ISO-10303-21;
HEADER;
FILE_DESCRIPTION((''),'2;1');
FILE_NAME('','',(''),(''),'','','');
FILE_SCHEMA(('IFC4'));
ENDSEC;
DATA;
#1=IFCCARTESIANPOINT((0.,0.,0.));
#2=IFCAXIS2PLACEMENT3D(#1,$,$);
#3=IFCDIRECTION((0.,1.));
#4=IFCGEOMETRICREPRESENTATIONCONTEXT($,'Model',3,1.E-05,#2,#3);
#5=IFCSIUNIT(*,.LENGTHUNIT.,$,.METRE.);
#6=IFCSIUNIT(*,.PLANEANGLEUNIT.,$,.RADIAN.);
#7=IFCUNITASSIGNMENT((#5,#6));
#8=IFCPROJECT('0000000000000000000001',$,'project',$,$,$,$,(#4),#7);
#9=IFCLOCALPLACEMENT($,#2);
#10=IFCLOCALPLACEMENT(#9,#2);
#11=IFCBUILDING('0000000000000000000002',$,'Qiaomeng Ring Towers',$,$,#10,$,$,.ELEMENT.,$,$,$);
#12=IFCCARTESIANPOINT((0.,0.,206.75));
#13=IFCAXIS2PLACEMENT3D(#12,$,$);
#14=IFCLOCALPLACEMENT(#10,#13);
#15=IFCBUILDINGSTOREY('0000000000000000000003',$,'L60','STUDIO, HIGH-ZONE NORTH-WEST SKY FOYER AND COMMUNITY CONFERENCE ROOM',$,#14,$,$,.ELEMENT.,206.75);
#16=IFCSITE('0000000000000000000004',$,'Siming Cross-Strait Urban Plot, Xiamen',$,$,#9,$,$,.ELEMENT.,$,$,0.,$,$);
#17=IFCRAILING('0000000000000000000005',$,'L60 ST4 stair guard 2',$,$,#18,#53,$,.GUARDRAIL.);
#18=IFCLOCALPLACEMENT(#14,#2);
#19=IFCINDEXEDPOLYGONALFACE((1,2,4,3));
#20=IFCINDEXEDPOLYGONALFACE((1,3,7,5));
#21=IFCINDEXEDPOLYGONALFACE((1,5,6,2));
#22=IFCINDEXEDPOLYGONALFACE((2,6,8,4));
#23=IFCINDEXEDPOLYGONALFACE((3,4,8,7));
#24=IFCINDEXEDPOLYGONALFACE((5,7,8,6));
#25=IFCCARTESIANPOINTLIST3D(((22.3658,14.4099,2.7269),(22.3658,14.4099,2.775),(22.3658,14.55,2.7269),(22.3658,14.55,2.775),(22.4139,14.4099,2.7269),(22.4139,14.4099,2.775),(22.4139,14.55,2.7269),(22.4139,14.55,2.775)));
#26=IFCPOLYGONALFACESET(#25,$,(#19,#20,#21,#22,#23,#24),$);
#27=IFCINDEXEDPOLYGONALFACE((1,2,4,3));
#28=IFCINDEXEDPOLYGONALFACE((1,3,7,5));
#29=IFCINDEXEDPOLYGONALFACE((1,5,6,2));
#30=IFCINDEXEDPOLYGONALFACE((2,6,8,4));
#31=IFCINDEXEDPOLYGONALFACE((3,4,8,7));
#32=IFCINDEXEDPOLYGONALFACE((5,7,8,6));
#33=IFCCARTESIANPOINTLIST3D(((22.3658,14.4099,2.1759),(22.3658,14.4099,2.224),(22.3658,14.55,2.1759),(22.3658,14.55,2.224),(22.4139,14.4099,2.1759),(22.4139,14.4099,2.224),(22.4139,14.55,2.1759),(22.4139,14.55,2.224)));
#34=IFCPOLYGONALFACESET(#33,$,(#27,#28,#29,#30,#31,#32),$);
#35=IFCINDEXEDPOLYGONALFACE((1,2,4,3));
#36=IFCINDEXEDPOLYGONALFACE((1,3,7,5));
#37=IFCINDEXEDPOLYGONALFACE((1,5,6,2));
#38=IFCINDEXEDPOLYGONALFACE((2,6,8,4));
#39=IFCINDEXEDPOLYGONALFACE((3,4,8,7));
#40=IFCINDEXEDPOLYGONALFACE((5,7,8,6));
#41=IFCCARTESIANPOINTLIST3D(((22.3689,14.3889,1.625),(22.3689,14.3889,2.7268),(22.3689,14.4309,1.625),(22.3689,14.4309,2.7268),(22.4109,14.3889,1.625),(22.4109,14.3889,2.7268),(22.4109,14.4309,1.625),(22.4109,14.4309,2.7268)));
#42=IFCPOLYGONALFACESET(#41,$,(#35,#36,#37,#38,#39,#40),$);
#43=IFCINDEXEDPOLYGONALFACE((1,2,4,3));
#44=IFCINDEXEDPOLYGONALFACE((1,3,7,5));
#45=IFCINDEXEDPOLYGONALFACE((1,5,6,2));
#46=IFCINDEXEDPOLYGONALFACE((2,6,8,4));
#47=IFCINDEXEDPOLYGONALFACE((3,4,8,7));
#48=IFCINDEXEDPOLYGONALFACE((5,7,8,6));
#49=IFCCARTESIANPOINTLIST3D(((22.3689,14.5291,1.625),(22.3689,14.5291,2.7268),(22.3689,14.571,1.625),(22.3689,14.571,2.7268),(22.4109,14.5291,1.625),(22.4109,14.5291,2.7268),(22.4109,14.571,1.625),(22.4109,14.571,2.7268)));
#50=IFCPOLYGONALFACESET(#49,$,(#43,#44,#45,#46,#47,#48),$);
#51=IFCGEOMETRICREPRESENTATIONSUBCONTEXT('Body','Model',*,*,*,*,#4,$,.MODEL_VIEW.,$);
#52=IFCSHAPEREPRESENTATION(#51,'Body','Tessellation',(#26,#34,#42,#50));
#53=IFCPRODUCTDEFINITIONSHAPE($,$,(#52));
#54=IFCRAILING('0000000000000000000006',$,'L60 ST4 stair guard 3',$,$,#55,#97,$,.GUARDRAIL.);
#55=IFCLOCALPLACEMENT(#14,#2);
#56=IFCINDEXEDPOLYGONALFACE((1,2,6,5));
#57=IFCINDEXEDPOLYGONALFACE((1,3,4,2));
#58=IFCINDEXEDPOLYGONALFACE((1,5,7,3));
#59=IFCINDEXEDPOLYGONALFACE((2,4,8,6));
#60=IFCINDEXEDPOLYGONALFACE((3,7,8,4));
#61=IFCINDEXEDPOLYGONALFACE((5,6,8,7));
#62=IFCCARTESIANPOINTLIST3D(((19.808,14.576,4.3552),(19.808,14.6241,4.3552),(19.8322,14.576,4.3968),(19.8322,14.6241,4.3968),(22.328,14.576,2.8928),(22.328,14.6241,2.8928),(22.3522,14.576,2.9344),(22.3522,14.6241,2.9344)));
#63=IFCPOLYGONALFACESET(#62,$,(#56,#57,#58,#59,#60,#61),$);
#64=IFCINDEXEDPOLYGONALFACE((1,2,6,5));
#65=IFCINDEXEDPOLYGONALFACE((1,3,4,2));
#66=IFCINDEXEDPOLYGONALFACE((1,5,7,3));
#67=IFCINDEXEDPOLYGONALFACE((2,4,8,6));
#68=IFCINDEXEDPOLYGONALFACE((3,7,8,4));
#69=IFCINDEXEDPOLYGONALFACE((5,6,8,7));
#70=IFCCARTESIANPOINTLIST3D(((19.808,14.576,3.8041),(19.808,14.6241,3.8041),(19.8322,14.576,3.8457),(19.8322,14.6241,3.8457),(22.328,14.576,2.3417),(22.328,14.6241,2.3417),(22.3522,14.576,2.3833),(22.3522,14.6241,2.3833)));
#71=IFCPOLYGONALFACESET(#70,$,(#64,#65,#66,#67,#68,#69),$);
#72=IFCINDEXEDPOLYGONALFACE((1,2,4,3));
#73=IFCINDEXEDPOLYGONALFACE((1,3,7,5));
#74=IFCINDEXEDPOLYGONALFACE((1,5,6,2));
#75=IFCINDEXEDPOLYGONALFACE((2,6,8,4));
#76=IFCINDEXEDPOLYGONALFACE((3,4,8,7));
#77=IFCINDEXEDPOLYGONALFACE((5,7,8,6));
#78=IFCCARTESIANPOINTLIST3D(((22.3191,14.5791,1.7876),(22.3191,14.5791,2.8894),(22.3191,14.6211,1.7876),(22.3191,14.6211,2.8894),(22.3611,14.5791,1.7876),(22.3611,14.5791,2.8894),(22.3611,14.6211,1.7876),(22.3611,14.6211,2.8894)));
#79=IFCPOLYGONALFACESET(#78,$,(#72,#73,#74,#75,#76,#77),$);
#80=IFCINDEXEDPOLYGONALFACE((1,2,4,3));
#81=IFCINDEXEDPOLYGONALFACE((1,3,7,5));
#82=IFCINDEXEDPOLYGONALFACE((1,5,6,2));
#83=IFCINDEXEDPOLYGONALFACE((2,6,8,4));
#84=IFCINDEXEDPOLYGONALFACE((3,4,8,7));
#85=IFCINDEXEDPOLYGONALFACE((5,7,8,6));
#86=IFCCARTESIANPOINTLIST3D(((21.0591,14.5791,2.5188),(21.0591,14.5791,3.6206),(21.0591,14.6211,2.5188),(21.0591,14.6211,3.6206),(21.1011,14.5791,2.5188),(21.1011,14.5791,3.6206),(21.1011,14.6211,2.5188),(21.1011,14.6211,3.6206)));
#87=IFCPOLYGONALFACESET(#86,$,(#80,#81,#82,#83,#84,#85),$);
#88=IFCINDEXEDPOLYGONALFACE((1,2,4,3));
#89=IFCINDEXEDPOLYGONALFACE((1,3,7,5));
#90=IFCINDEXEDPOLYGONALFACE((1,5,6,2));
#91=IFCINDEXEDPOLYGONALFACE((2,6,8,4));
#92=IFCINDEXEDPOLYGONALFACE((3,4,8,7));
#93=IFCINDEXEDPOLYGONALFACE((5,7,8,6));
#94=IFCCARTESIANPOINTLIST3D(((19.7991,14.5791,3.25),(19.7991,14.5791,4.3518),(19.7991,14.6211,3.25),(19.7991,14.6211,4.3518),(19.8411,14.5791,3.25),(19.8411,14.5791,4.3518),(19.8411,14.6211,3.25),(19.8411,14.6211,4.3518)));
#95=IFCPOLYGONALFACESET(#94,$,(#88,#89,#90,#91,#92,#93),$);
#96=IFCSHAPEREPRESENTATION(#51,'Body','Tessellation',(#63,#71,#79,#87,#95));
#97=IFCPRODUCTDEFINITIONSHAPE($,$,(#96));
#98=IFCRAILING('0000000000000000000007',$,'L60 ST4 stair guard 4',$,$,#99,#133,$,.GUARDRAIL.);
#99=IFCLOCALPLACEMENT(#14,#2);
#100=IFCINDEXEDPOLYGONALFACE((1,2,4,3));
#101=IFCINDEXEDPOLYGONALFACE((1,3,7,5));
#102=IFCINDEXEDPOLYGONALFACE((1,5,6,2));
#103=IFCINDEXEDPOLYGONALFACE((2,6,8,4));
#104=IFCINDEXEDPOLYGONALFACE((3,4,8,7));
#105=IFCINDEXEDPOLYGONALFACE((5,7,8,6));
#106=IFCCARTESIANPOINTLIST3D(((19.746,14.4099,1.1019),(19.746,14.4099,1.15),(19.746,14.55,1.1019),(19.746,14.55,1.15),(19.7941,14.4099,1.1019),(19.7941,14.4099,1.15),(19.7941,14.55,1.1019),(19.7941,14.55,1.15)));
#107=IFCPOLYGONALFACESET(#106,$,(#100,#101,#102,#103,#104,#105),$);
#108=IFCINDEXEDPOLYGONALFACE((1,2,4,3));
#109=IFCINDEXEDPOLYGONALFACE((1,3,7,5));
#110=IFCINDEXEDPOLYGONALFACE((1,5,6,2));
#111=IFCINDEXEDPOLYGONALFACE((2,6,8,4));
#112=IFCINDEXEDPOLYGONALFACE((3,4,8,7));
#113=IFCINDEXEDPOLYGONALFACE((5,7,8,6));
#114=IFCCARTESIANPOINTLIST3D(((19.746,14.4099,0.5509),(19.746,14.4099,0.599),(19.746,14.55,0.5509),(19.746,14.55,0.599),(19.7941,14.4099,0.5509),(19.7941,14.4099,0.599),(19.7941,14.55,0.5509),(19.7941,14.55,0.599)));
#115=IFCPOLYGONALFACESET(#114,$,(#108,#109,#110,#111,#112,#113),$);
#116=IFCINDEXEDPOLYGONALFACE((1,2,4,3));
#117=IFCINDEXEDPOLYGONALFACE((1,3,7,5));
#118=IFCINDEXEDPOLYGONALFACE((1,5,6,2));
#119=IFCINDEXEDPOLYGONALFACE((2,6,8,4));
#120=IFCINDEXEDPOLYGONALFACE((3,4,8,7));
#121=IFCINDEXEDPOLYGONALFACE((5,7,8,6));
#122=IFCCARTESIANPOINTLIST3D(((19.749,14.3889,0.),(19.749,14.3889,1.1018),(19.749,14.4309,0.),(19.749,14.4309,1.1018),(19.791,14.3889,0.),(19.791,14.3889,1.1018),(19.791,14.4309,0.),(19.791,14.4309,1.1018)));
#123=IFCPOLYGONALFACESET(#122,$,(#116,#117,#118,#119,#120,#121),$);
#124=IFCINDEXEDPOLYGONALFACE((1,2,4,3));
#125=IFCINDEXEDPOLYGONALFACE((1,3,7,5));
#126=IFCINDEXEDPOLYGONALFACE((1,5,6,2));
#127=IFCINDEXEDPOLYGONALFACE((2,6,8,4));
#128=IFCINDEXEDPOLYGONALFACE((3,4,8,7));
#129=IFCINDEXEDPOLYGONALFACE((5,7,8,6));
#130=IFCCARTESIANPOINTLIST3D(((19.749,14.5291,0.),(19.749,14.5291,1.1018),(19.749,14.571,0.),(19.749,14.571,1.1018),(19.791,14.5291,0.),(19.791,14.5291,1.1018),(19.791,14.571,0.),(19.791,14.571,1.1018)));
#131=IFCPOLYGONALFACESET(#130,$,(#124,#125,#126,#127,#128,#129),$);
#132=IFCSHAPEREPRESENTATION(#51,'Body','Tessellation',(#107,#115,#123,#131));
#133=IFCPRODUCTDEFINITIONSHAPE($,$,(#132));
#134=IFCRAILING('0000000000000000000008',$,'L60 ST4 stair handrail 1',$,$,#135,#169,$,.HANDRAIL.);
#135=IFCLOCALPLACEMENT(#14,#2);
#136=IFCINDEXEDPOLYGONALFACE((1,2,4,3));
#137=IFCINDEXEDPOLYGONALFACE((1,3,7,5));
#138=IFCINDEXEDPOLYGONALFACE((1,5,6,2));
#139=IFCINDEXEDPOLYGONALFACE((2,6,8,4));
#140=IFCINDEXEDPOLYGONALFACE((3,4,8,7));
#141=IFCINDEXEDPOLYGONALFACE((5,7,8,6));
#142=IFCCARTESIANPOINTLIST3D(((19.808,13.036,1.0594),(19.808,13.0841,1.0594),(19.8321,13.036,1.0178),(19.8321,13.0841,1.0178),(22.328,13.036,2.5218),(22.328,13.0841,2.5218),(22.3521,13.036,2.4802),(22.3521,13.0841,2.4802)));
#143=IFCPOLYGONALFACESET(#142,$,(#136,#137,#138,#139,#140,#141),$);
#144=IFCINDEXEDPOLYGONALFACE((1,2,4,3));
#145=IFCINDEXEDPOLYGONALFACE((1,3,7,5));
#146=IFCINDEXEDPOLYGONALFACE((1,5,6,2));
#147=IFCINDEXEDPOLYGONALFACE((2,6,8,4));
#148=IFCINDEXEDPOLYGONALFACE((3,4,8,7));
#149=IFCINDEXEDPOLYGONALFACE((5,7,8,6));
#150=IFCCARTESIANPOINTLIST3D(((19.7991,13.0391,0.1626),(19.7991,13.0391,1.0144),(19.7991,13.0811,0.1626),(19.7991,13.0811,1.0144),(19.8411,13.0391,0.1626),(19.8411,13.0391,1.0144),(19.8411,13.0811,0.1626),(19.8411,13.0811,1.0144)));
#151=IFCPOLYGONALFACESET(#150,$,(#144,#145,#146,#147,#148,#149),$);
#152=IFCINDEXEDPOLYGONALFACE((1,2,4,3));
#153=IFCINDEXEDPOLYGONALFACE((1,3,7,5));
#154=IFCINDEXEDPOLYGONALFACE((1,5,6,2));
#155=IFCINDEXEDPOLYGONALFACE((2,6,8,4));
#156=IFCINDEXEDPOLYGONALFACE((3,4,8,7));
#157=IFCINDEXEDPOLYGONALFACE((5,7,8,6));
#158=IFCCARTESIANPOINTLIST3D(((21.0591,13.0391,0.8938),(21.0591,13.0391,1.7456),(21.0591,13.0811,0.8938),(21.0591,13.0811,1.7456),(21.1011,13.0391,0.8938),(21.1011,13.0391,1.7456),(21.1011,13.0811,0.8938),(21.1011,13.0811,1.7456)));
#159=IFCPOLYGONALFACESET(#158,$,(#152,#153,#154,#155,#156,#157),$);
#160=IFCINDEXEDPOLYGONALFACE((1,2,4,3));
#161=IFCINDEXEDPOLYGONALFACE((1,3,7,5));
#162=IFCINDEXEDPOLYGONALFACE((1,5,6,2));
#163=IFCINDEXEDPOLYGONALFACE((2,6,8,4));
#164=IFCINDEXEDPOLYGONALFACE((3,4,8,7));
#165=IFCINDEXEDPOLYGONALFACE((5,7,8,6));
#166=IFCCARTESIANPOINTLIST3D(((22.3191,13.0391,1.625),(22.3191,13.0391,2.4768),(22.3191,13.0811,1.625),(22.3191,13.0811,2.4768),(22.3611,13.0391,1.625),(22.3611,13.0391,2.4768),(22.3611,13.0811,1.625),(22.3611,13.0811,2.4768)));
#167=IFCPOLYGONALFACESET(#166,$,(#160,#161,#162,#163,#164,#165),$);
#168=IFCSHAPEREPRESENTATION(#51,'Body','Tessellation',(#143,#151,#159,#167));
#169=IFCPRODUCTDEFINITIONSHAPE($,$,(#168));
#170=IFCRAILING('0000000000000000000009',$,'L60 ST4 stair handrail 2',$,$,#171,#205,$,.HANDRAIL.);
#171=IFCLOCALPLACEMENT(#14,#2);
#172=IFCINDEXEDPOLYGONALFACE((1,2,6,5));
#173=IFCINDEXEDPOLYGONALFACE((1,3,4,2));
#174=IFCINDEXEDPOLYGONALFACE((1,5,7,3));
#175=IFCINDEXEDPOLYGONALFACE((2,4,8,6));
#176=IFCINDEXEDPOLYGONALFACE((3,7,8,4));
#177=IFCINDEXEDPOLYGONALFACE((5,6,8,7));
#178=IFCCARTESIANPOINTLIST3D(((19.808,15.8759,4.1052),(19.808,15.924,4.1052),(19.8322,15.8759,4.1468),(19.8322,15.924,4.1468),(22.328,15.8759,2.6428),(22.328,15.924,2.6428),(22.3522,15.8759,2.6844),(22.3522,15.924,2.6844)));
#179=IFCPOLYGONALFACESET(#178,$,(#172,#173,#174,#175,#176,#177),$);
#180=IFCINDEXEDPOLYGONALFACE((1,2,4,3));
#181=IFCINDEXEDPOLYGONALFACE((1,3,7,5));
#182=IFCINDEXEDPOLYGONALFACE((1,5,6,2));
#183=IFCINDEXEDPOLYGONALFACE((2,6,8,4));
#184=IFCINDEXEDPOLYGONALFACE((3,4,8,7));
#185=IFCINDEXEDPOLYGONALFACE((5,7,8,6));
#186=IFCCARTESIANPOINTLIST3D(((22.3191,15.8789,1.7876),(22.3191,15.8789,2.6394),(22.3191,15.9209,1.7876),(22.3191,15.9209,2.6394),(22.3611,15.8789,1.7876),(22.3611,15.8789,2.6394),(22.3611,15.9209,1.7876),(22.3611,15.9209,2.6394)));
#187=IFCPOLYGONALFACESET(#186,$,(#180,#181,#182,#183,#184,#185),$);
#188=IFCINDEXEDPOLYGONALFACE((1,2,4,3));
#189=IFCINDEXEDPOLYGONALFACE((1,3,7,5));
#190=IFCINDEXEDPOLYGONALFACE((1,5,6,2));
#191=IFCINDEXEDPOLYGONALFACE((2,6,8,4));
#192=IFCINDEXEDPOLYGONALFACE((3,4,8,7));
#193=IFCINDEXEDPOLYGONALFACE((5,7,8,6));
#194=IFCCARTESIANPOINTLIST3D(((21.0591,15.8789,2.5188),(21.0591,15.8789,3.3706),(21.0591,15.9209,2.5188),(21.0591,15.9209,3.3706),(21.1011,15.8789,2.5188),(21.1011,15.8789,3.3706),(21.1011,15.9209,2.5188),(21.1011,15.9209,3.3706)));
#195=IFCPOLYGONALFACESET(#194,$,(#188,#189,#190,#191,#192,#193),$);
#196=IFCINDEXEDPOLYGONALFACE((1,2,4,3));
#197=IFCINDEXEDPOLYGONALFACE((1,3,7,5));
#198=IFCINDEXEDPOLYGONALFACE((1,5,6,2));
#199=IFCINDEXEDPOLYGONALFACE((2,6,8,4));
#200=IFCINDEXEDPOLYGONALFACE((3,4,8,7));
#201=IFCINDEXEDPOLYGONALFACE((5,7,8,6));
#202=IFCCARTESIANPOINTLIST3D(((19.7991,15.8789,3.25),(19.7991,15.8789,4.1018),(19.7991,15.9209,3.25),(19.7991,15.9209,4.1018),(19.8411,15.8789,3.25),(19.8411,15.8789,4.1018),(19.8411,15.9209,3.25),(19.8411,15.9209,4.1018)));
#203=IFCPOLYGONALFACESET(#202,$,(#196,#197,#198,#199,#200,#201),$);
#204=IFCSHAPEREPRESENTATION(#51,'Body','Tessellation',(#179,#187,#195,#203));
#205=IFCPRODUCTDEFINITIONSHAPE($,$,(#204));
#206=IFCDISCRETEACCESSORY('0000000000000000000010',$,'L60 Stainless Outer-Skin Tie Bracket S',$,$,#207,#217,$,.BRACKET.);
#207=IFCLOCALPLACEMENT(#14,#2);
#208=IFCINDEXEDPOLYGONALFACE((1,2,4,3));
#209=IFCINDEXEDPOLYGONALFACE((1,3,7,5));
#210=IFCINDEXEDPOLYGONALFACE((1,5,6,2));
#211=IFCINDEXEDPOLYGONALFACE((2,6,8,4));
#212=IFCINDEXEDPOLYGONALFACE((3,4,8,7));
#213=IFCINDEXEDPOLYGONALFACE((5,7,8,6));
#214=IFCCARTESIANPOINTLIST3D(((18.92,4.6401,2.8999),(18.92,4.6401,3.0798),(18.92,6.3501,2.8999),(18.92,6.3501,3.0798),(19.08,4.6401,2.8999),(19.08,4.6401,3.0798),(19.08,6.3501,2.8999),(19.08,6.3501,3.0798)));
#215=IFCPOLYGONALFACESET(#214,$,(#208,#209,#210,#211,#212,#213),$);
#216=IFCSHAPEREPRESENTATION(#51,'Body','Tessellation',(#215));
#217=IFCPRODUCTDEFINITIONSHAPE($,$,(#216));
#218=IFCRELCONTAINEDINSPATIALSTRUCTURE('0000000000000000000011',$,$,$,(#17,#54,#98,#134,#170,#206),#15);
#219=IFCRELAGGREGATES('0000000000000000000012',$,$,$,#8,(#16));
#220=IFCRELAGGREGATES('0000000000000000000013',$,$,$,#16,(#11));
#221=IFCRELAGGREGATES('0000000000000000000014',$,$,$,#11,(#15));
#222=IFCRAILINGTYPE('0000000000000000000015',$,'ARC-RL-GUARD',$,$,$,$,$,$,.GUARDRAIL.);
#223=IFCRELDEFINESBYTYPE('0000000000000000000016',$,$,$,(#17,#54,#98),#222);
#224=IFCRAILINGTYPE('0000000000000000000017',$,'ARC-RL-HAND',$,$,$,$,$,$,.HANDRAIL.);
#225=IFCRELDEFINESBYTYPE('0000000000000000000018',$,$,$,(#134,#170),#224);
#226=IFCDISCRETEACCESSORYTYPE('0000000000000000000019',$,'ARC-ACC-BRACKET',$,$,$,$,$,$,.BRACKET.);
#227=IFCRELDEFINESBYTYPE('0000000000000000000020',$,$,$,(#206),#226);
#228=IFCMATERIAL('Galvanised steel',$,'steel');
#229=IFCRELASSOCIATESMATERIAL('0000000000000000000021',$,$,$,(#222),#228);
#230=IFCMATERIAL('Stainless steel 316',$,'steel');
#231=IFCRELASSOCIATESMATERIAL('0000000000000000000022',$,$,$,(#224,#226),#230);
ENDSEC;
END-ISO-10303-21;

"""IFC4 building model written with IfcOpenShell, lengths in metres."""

from ifc_helpers import new_model, si_unit, direction, frame, origin, origin_2d, place, context, subcontext, project, spatial, rectangle, extrude, source, transform, mapped, material, type_object, element, save


model = new_model("IFC4")

# Units and contexts
model_context = context("Model", 3, precision=1e-05, world=origin(), true_north=direction((0.0, 1.0)))
body_context = subcontext(model_context, "Body", "Model", "MODEL_VIEW")
ifc_project = project(units=[si_unit("LENGTHUNIT", "METRE"), si_unit("PLANEANGLEUNIT", "RADIAN")], contexts=[model_context])

# Site, building, storey
site_placement = place(None, origin())
site = spatial("IfcSite", under=ifc_project, at=site_placement, Name="Siming Cross-Strait Urban Plot, Xiamen", CompositionType="ELEMENT", RefElevation=0.0)
building_placement = place(site_placement, origin())
building = spatial("IfcBuilding", under=site, at=building_placement, Name="Qiaomeng Ring Towers", CompositionType="ELEMENT")
storey_placement = place(building_placement, frame((0.0, 0.0, 206.75)))
storey = spatial("IfcBuildingStorey", under=building, at=storey_placement, Name="L60", Description="STUDIO, HIGH-ZONE NORTH-WEST SKY FOYER AND COMMUNITY CONFERENCE ROOM", CompositionType="ELEMENT", Elevation=206.75)

# Shared definitions
ifc_material_1 = material(Name="Galvanised steel", Category="steel")

# Railings
railing_type_1 = type_object("IfcRailingType", Name="ARC-RL-GUARD", PredefinedType="GUARDRAIL", material=ifc_material_1)
railing_1_placement = place(storey_placement, frame((22.3899, 14.4099, 1.625)))
element("IfcRailing", 1, at=railing_1_placement, inside=storey, type_object=railing_type_1, Name="L60 ST4 stair guard 2", PredefinedType="GUARDRAIL", context=body_context, shape_type="SweptSolid", body=[
    extrude(rectangle(XDim=0.0481, YDim=0.0481, at=origin_2d()), frame((0.0, 0.0, 1.126), z_axis=(0.0, 1.0, 0.0), x_axis=(-1.0, 0.0, 0.0)), (0.0, 0.0, 1.0), 0.1401),
    extrude(rectangle(XDim=0.0481, YDim=0.0481, at=origin_2d()), frame((0.0, 0.0, 0.575), z_axis=(0.0, 1.0, 0.0), x_axis=(-1.0, 0.0, 0.0)), (0.0, 0.0, 1.0), 0.1401),
    extrude(rectangle(XDim=0.042, YDim=0.042, at=origin_2d()), origin(), (0.0, 0.0, 1.0), 1.1018),
    extrude(rectangle(XDim=0.042, YDim=0.042, at=origin_2d()), frame((0.0, 0.1401, 0.0)), (0.0, 0.0, 1.0), 1.1018),
])
railing_2_placement = place(storey_placement, frame((22.3401, 14.6001, 1.7876)))
element("IfcRailing", 2, at=railing_2_placement, inside=storey, type_object=railing_type_1, Name="L60 ST4 stair guard 3", PredefinedType="GUARDRAIL", context=body_context, shape_type="SweptSolid", body=[
    extrude(rectangle(XDim=0.0481, YDim=0.0481, at=origin_2d()), frame((0.0, 0.0, 1.126), z_axis=(-0.864913, 0.0, 0.501921), x_axis=(0.0, -1.0, 0.0)), (0.0, 0.0, 1.0), 2.9136),
    extrude(rectangle(XDim=0.0481, YDim=0.0481, at=origin_2d()), frame((0.0, 0.0, 0.575), z_axis=(-0.864913, 0.0, 0.501921), x_axis=(0.0, -1.0, 0.0)), (0.0, 0.0, 1.0), 2.9136),
    extrude(rectangle(XDim=0.042, YDim=0.042, at=origin_2d()), origin(), (0.0, 0.0, 1.0), 1.1018),
    extrude(rectangle(XDim=0.042, YDim=0.042, at=origin_2d()), frame((-1.26, 0.0, 0.7312)), (0.0, 0.0, 1.0), 1.1018),
    extrude(rectangle(XDim=0.042, YDim=0.042, at=origin_2d()), frame((-2.52, 0.0, 1.4624)), (0.0, 0.0, 1.0), 1.1018),
])
railing_3_placement = place(storey_placement, frame((19.77, 14.4099, 0.0)))
element("IfcRailing", 3, at=railing_3_placement, inside=storey, type_object=railing_type_1, Name="L60 ST4 stair guard 4", PredefinedType="GUARDRAIL", context=body_context, shape_type="SweptSolid", body=[
    extrude(rectangle(XDim=0.0481, YDim=0.0481, at=origin_2d()), frame((0.0, 0.0, 1.126), z_axis=(0.0, 1.0, 0.0), x_axis=(-1.0, 0.0, 0.0)), (0.0, 0.0, 1.0), 0.1401),
    extrude(rectangle(XDim=0.0481, YDim=0.0481, at=origin_2d()), frame((0.0, 0.0, 0.575), z_axis=(0.0, 1.0, 0.0), x_axis=(-1.0, 0.0, 0.0)), (0.0, 0.0, 1.0), 0.1401),
    extrude(rectangle(XDim=0.042, YDim=0.042, at=origin_2d()), origin(), (0.0, 0.0, 1.0), 1.1018),
    extrude(rectangle(XDim=0.042, YDim=0.042, at=origin_2d()), frame((0.0, 0.1401, 0.0)), (0.0, 0.0, 1.0), 1.1018),
])
ifc_material_2 = material(Name="Stainless steel 316", Category="steel")
railing_type_2 = type_object("IfcRailingType", Name="ARC-RL-HAND", PredefinedType="HANDRAIL", material=ifc_material_2)
railing_4_placement = place(storey_placement, frame((19.8201, 13.0601, 0.1626)))
element("IfcRailing", 4, at=railing_4_placement, inside=storey, type_object=railing_type_2, Name="L60 ST4 stair handrail 1", PredefinedType="HANDRAIL", context=body_context, shape_type="SweptSolid", body=[
    extrude(rectangle(XDim=0.0481, YDim=0.0481, at=origin_2d()), frame((0.0, 0.0, 0.876), z_axis=(0.864913, 0.0, 0.501921), x_axis=(0.0, 1.0, 0.0)), (0.0, 0.0, 1.0), 2.9136),
    extrude(rectangle(XDim=0.042, YDim=0.042, at=origin_2d()), origin(), (0.0, 0.0, 1.0), 0.8518),
    extrude(rectangle(XDim=0.042, YDim=0.042, at=origin_2d()), frame((1.26, 0.0, 0.7312)), (0.0, 0.0, 1.0), 0.8518),
    extrude(rectangle(XDim=0.042, YDim=0.042, at=origin_2d()), frame((2.52, 0.0, 1.4624)), (0.0, 0.0, 1.0), 0.8518),
])
railing_5_placement = place(storey_placement, frame((22.3401, 15.8999, 1.7876)))
element("IfcRailing", 5, at=railing_5_placement, inside=storey, type_object=railing_type_2, Name="L60 ST4 stair handrail 2", PredefinedType="HANDRAIL", context=body_context, shape_type="SweptSolid", body=[
    extrude(rectangle(XDim=0.0481, YDim=0.0481, at=origin_2d()), frame((0.0, 0.0, 0.876), z_axis=(-0.864913, 0.0, 0.501921), x_axis=(0.0, -1.0, 0.0)), (0.0, 0.0, 1.0), 2.9136),
    extrude(rectangle(XDim=0.042, YDim=0.042, at=origin_2d()), origin(), (0.0, 0.0, 1.0), 0.8518),
    extrude(rectangle(XDim=0.042, YDim=0.042, at=origin_2d()), frame((-1.26, 0.0, 0.7312)), (0.0, 0.0, 1.0), 0.8518),
    extrude(rectangle(XDim=0.042, YDim=0.042, at=origin_2d()), frame((-2.52, 0.0, 1.4624)), (0.0, 0.0, 1.0), 0.8518),
])

# Discrete accessory
discrete_accessory_type = type_object("IfcDiscreteAccessoryType", Name="ARC-ACC-BRACKET", PredefinedType="BRACKET", material=ifc_material_2)
shared_shape_1 = source(origin(), body_context, "Body", "SweptSolid", [
    extrude(rectangle(XDim=0.1599, YDim=1.71, at=origin_2d()), origin(), (0.0, 0.0, 1.0), 0.1799),
])
discrete_accessory_placement = place(storey_placement, frame((19.0, 5.4951, 2.8999), z_axis=(0.0, 0.0, 1.0), x_axis=(1.0, 0.0, 0.0)))
element("IfcDiscreteAccessory", 6, at=discrete_accessory_placement, inside=storey, type_object=discrete_accessory_type, Name="L60 Stainless Outer-Skin Tie Bracket S", PredefinedType="BRACKET", context=body_context, shape_type="MappedRepresentation", body=[
    mapped(shared_shape_1, transform((0.0, 0.0, 0.0), x_axis=(1.0, 0.0, 0.0), y_axis=(0.0, 1.0, 0.0), z_axis=(0.0, 0.0, 1.0), scale=1.0)),
])

save(model, "model.ifc")
